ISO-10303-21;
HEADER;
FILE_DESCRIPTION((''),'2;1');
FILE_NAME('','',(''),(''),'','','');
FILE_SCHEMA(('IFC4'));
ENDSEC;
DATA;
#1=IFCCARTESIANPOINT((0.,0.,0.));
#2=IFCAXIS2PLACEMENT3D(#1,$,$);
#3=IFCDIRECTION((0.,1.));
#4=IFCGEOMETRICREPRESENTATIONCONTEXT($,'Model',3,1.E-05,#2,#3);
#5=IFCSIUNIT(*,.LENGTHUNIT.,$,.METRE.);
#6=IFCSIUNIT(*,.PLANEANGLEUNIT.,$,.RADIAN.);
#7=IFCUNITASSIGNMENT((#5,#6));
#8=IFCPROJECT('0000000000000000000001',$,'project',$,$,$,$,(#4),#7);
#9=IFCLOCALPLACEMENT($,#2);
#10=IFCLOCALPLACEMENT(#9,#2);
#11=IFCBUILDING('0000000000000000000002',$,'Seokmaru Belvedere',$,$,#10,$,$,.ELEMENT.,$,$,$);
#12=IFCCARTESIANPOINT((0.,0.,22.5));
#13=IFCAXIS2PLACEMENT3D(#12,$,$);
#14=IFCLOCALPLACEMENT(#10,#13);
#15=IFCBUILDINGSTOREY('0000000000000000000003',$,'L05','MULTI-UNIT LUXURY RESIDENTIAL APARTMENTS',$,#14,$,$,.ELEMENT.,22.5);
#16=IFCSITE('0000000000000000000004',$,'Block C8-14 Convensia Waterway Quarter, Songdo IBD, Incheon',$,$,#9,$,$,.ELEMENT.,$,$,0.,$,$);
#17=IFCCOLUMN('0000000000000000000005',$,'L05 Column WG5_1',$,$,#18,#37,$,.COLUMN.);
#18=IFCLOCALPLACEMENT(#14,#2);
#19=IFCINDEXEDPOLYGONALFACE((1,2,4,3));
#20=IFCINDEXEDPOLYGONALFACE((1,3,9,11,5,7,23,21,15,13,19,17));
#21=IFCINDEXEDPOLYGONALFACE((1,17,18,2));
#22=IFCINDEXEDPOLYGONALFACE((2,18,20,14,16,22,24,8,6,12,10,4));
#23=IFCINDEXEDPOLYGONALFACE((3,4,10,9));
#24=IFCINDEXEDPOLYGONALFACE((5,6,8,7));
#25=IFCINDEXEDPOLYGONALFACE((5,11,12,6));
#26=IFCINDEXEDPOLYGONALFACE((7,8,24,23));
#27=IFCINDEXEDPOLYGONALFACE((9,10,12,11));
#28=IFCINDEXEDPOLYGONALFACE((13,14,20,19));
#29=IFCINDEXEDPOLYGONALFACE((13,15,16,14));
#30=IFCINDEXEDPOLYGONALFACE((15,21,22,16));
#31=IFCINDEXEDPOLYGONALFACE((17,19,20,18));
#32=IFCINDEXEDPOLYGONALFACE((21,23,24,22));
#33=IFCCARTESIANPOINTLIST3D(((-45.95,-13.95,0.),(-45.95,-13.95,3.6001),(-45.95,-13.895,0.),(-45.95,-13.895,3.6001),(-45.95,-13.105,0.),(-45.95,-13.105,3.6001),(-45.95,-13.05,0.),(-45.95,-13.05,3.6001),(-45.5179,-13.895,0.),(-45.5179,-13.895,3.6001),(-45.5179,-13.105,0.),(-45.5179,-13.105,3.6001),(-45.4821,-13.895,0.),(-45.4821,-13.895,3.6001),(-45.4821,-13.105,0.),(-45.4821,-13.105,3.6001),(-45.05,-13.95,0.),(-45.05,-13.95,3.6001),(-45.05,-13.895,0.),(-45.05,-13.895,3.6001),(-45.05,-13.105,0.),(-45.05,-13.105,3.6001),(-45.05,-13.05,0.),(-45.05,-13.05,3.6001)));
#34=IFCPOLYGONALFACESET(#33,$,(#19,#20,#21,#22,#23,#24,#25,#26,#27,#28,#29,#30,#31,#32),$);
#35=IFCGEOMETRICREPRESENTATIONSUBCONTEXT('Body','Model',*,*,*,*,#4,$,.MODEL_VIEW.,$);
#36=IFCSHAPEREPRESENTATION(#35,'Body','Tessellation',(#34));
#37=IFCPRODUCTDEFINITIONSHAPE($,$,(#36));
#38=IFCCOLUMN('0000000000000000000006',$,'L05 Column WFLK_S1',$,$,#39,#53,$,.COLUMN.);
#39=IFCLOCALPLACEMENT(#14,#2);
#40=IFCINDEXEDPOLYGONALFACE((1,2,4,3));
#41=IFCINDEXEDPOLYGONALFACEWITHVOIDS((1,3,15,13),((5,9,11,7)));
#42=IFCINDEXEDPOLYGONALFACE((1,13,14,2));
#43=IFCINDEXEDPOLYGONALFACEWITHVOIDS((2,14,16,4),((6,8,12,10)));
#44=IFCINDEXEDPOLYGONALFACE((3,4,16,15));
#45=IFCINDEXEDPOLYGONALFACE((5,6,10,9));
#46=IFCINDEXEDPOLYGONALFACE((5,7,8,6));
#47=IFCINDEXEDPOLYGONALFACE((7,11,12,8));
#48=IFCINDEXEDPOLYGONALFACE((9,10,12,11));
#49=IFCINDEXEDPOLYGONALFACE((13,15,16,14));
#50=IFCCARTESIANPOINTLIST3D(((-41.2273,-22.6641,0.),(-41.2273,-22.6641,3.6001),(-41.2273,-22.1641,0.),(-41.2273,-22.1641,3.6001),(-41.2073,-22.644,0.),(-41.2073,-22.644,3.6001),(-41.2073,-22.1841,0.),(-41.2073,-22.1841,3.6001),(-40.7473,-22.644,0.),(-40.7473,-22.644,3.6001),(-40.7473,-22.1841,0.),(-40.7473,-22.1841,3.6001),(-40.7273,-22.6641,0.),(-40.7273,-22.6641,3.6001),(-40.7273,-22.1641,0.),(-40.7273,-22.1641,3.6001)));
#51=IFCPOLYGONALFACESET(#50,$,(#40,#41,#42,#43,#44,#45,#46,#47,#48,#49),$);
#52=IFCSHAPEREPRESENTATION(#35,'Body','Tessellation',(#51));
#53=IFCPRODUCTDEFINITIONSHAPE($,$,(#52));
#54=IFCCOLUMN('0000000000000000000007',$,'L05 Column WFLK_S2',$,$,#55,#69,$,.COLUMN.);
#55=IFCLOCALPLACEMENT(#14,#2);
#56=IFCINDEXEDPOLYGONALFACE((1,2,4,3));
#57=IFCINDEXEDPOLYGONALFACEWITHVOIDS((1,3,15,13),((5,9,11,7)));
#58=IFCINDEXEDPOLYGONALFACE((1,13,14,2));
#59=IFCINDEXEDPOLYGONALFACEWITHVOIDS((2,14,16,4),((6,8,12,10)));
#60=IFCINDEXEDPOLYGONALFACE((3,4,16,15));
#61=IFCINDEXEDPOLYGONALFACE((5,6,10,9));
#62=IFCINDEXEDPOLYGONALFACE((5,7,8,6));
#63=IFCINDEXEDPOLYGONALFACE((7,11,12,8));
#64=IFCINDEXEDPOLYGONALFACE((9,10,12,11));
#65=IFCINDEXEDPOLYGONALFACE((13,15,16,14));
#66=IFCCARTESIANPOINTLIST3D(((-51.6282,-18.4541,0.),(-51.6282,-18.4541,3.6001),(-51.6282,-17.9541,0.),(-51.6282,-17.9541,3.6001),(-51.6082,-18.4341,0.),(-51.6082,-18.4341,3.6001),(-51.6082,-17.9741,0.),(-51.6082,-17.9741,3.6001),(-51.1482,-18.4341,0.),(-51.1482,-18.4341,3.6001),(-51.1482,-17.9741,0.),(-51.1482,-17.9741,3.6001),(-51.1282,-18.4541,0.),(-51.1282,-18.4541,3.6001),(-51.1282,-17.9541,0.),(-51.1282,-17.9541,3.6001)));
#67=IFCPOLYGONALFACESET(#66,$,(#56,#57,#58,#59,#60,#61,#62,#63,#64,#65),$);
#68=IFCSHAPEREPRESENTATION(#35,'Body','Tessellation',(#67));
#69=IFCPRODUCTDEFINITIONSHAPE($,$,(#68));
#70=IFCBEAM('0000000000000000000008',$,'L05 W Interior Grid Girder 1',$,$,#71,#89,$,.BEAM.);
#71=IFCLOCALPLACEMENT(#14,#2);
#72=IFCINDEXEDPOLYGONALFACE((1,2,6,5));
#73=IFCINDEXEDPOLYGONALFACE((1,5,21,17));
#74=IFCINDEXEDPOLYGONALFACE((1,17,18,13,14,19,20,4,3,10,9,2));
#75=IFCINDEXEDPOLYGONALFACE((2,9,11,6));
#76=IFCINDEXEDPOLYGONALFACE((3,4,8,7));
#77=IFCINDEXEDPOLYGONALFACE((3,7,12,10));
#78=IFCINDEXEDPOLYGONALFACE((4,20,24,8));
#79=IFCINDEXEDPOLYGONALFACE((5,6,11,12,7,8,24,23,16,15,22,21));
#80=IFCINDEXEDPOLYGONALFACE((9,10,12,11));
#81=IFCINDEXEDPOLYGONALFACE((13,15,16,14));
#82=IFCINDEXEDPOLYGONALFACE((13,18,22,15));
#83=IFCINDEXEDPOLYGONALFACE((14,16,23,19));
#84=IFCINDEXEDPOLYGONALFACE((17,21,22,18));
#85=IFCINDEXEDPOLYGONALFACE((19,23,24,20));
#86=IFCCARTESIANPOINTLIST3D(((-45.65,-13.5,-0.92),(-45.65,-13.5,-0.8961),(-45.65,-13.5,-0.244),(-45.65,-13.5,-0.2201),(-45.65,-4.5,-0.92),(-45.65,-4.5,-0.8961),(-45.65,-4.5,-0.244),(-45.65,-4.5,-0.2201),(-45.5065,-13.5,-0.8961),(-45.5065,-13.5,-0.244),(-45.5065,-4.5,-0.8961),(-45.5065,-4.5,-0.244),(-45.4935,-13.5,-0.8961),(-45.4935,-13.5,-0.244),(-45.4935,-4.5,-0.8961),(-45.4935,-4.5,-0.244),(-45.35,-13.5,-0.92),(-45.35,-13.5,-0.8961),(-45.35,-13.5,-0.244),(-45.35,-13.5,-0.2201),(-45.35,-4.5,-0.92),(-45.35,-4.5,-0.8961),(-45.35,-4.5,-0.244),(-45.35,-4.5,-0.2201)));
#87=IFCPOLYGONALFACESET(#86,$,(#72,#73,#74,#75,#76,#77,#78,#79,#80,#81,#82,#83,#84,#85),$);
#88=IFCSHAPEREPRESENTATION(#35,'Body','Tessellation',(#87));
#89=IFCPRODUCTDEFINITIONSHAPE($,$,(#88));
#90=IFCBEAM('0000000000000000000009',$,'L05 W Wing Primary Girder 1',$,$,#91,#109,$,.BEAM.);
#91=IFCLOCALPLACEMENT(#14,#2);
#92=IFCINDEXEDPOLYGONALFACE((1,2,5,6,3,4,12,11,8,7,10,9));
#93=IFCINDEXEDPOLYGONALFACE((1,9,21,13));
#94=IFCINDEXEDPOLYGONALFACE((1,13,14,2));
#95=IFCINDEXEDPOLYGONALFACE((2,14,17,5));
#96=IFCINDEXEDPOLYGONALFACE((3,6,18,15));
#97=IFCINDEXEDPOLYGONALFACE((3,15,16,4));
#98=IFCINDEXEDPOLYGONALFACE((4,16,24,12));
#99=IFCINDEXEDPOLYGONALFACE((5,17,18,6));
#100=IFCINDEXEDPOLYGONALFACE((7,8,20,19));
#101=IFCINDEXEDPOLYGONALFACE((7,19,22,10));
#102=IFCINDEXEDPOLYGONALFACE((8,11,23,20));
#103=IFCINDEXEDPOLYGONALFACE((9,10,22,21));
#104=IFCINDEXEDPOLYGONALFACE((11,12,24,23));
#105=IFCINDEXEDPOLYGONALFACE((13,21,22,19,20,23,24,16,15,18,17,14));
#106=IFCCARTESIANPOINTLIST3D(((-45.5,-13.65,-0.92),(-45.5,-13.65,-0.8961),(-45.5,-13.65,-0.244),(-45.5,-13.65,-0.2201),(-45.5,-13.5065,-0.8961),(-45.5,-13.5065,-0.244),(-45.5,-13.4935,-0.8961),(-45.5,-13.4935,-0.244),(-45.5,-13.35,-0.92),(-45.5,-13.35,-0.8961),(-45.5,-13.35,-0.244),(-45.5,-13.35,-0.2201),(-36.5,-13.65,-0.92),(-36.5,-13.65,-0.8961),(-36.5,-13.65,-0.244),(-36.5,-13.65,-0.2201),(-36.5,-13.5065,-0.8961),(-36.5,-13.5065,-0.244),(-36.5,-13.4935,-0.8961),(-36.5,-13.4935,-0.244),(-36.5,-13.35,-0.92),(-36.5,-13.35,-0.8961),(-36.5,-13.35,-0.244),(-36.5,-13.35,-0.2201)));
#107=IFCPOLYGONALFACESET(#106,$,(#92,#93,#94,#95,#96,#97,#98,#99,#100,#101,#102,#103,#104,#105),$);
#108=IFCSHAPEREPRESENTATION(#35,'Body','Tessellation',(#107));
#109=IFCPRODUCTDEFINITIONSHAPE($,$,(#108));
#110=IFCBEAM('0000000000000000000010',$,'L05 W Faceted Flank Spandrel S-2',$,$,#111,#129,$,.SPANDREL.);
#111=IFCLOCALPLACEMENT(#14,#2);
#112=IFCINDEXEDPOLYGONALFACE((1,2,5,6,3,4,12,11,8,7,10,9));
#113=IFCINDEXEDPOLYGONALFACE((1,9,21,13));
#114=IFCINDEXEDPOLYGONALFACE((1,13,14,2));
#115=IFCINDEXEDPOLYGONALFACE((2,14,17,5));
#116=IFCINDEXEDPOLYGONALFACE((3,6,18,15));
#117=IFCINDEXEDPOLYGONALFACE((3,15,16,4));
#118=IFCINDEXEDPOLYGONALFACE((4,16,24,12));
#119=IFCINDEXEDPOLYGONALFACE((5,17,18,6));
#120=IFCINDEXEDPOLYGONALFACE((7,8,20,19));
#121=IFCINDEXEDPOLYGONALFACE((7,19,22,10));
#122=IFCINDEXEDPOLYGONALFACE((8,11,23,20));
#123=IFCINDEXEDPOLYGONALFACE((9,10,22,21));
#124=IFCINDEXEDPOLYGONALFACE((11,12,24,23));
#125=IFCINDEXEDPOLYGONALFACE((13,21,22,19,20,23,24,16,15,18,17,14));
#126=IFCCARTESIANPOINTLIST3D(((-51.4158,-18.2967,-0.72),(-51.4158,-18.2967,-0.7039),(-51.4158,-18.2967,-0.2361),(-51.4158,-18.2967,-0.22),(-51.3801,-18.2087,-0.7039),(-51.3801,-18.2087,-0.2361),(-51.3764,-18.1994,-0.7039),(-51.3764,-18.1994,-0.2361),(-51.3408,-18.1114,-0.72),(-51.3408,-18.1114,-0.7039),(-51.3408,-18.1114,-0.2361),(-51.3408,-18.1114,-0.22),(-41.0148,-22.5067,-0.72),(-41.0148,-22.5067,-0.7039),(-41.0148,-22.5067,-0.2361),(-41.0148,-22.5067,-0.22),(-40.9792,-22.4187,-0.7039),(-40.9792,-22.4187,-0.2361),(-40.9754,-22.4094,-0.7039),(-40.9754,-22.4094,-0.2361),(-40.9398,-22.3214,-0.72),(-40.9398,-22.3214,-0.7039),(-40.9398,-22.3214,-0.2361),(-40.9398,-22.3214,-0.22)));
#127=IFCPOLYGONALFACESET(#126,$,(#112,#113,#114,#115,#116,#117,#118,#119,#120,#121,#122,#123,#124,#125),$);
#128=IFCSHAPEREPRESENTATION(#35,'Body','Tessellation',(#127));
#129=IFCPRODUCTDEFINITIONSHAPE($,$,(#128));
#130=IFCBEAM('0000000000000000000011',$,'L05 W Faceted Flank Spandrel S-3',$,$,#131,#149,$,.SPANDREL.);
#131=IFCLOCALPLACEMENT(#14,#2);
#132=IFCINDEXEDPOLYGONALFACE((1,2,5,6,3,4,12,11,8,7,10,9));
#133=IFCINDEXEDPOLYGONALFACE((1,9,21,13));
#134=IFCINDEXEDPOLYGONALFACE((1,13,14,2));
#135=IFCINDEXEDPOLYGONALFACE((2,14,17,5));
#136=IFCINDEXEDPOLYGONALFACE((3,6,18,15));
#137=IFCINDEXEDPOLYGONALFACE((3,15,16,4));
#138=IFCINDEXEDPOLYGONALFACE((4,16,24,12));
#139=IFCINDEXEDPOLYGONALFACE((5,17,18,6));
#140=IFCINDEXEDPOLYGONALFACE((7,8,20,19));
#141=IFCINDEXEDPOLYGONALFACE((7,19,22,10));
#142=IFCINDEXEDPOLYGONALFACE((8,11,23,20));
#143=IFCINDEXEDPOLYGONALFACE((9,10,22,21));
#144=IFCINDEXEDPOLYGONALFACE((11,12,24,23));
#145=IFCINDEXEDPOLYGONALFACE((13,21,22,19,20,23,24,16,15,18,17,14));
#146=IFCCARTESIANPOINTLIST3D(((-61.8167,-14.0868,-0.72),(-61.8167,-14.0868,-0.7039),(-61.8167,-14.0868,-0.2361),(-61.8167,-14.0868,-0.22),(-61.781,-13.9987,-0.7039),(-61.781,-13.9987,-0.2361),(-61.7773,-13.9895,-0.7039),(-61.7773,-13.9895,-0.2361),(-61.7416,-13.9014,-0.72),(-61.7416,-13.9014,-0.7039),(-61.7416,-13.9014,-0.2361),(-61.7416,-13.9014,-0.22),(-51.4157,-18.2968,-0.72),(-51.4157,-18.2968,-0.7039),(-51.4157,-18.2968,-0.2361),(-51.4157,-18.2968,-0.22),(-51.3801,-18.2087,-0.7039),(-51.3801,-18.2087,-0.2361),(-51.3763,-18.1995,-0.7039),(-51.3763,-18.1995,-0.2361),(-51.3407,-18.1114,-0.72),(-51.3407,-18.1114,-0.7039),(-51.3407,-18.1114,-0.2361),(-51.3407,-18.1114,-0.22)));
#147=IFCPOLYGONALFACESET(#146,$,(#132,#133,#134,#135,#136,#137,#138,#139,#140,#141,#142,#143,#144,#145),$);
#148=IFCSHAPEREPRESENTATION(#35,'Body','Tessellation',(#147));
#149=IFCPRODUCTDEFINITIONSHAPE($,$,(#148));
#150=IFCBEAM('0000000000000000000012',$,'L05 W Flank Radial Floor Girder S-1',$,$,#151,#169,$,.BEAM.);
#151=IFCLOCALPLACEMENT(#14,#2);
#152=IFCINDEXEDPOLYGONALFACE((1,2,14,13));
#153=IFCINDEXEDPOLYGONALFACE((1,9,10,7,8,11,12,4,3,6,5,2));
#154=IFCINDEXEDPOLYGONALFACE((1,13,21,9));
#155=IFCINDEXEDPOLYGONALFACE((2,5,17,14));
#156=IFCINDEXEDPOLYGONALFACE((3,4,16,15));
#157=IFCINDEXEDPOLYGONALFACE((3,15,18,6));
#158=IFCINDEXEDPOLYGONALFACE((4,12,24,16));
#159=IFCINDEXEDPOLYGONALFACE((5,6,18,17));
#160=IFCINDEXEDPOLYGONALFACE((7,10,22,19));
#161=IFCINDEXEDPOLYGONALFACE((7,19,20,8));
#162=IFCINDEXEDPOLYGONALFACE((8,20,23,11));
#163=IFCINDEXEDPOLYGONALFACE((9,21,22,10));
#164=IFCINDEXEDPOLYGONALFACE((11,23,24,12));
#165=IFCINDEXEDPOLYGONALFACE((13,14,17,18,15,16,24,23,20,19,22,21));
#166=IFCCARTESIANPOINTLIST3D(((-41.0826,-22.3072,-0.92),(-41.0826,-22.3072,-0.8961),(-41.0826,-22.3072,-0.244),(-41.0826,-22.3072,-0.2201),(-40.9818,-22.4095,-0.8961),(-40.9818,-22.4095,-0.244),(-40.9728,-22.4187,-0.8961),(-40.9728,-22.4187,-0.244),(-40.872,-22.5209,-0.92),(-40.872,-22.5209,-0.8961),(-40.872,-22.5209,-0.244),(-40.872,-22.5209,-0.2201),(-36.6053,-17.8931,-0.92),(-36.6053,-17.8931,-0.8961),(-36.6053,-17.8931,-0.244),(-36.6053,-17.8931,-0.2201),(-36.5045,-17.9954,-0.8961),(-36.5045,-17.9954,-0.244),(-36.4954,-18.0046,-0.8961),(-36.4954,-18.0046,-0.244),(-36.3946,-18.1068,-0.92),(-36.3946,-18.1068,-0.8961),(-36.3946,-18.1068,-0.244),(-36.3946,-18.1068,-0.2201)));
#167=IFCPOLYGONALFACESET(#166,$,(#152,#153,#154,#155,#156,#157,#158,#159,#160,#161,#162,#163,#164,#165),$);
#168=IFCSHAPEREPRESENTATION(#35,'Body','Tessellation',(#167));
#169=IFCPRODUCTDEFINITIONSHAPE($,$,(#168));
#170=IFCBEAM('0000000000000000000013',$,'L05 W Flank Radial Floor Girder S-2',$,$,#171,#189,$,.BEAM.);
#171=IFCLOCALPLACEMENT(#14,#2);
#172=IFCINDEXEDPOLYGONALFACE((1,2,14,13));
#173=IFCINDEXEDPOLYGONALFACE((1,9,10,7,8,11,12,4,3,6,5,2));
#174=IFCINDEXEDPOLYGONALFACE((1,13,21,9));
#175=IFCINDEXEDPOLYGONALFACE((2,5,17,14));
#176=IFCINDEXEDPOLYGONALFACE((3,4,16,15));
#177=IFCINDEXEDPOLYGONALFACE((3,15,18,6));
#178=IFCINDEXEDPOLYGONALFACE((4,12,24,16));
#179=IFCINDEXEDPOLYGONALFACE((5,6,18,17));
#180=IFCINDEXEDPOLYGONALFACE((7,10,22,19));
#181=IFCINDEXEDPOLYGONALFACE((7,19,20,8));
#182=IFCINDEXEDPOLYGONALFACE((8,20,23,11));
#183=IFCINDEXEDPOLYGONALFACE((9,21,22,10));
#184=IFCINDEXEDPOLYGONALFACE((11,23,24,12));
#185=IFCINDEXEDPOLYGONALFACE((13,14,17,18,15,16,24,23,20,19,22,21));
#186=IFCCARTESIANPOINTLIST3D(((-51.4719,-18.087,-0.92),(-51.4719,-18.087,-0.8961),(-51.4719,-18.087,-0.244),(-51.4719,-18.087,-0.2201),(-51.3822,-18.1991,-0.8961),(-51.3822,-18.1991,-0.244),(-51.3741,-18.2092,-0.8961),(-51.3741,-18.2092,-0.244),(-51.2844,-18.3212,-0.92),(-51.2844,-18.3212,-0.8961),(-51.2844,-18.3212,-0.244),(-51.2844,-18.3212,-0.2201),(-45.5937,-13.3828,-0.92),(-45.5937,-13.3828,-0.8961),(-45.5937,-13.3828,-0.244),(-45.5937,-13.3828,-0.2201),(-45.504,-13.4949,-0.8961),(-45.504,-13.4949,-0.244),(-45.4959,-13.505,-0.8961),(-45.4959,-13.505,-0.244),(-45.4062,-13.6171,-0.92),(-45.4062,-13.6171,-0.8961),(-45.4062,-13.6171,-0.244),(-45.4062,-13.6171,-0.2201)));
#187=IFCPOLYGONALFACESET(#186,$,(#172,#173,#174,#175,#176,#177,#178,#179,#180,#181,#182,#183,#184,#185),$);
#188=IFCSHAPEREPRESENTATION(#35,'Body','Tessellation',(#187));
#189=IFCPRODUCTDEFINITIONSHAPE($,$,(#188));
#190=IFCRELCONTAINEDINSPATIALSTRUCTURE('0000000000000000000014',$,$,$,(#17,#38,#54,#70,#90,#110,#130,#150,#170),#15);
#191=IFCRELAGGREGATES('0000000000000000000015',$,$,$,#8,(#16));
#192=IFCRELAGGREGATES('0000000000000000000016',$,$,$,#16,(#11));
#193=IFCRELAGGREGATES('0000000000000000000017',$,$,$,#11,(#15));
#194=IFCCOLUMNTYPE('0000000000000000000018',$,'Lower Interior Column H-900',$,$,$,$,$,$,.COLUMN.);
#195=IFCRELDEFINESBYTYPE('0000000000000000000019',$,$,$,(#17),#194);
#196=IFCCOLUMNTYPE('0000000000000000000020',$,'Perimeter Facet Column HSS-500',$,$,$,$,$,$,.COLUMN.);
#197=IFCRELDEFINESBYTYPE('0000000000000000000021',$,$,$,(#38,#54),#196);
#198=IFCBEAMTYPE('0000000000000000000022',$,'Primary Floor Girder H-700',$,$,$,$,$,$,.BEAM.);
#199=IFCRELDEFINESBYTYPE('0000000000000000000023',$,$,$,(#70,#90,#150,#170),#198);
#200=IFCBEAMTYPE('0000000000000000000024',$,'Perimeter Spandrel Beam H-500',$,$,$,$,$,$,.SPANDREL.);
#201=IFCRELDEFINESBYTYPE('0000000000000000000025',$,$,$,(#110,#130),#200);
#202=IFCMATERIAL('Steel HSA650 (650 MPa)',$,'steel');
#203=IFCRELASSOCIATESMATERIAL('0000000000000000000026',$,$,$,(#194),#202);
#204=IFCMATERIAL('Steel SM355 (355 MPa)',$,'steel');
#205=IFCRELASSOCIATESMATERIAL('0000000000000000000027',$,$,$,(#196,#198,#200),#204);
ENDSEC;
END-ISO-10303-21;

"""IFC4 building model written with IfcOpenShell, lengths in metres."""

from ifc_helpers import new_model, si_unit, direction, frame, origin, origin_2d, place, context, subcontext, project, spatial, hollow_rectangle, i_section, extrude, source, transform, mapped, material, material_profile, profile_set, type_object, type_shapes, element, save


model = new_model("IFC4")

# Units and contexts
model_context = context("Model", 3, precision=1e-05, world=origin(), true_north=direction((0.0, 1.0)))
body_context = subcontext(model_context, "Body", "Model", "MODEL_VIEW")
ifc_project = project(units=[si_unit("LENGTHUNIT", "METRE"), si_unit("PLANEANGLEUNIT", "RADIAN")], contexts=[model_context])

# Site, building, storey
site_placement = place(None, origin())
site = spatial("IfcSite", under=ifc_project, at=site_placement, Name="Block C8-14 Convensia Waterway Quarter, Songdo IBD, Incheon", CompositionType="ELEMENT", RefElevation=0.0)
building_placement = place(site_placement, origin())
building = spatial("IfcBuilding", under=site, at=building_placement, Name="Seokmaru Belvedere", CompositionType="ELEMENT")
storey_placement = place(building_placement, frame((0.0, 0.0, 22.5)))
storey = spatial("IfcBuildingStorey", under=building, at=storey_placement, Name="L05", Description="MULTI-UNIT LUXURY RESIDENTIAL APARTMENTS", CompositionType="ELEMENT", Elevation=22.5)

# Columns
ifc_material_1 = material(Name="Steel HSA650 (650 MPa)", Category="steel")
ifc_material_profile_1 = material_profile(ifc_material_1, i_section(OverallWidth=0.8999, OverallDepth=0.8999, WebThickness=0.0359, FlangeThickness=0.0549, at=origin_2d()), Name="H-900x900x36x55")
ifc_profile_set_1 = profile_set([ifc_material_profile_1], Name="Steel HSA650 (650 MPa)")
column_type_1 = type_object("IfcColumnType", Name="Lower Interior Column H-900", PredefinedType="COLUMN", material=ifc_profile_set_1)
shared_shape_1 = source(origin(), body_context, "Body", "SweptSolid", [
    extrude(i_section(OverallWidth=0.8999, OverallDepth=0.8999, WebThickness=0.0359, FlangeThickness=0.0549, at=origin_2d()), origin(), (0.0, 0.0, 1.0), 3.6001),
])
type_shapes(column_type_1, [shared_shape_1])
column_placement = place(storey_placement, frame((-45.5, -13.5, 0.0), z_axis=(0.0, 0.0, 1.0), x_axis=(1.0, 0.0, 0.0)))
element("IfcColumn", 1, at=column_placement, inside=storey, type_object=column_type_1, Name="L05 Column WG5_1", PredefinedType="COLUMN", context=body_context, shape_type="MappedRepresentation", body=[
    mapped(shared_shape_1, transform((0.0, 0.0, 0.0), scale=1.0)),
])
ifc_material_2 = material(Name="Steel SM355 (355 MPa)", Category="steel")
ifc_material_profile_2 = material_profile(ifc_material_2, hollow_rectangle(XDim=0.5, YDim=0.5, WallThickness=0.02, at=origin_2d()), Name="HSS-500x500x20")
ifc_profile_set_2 = profile_set([ifc_material_profile_2], Name="Steel SM355 (355 MPa)")
column_type_2 = type_object("IfcColumnType", Name="Perimeter Facet Column HSS-500", PredefinedType="COLUMN", material=ifc_profile_set_2)
shared_shape_2 = source(origin(), body_context, "Body", "SweptSolid", [
    extrude(hollow_rectangle(XDim=0.5, YDim=0.5, WallThickness=0.02, at=origin_2d()), origin(), (0.0, 0.0, 1.0), 3.6001),
])
type_shapes(column_type_2, [shared_shape_2])
for number, where, z_axis, x_axis, name in (
    (2, (-40.9773, -22.4141, 0.0), (0.0, 0.0, 1.0), (1.0, 0.0, 0.0), "L05 Column WFLK_S1"),
    (3, (-51.3782, -18.2041, 0.0), (0.0, 0.0, 1.0), (1.0, 0.0, 0.0), "L05 Column WFLK_S2"),
):
    element("IfcColumn", number, at=place(storey_placement, frame(where, z_axis=z_axis, x_axis=x_axis)), inside=storey, type_object=column_type_2, Name=name, PredefinedType="COLUMN", context=body_context, shape_type="MappedRepresentation", body=[
        mapped(shared_shape_2, transform((0.0, 0.0, 0.0), scale=1.0)),
    ])

# Beams
ifc_material_profile_3 = material_profile(ifc_material_2, i_section(OverallWidth=0.3, OverallDepth=0.7, WebThickness=0.0129, FlangeThickness=0.0239, at=origin_2d()), Name="H-700x300x13x24")
ifc_profile_set_3 = profile_set([ifc_material_profile_3], Name="Steel SM355 (355 MPa)")
beam_type_1 = type_object("IfcBeamType", Name="Primary Floor Girder H-700", PredefinedType="BEAM", material=ifc_profile_set_3)
shared_shape_3 = source(origin(), body_context, "Body", "SweptSolid", [
    extrude(i_section(OverallWidth=0.3, OverallDepth=0.7, WebThickness=0.0129, FlangeThickness=0.0239, at=origin_2d()), origin(), (0.0, 0.0, 1.0), 9.0),
])
for number, where, z_axis, x_axis, name in (
    (4, (-45.5, -13.5, -0.5701), (0.0, 1.0, 0.0), (-1.0, 0.0, 0.0), "L05 W Interior Grid Girder 1"),
    (5, (-45.5, -13.5, -0.5701), (1.0, 0.0, 0.0), (0.0, 1.0, 0.0), "L05 W Wing Primary Girder 1"),
):
    element("IfcBeam", number, at=place(storey_placement, frame(where, z_axis=z_axis, x_axis=x_axis)), inside=storey, type_object=beam_type_1, Name=name, PredefinedType="BEAM", context=body_context, shape_type="MappedRepresentation", body=[
        mapped(shared_shape_3, transform((0.0, 0.0, 0.0), scale=1.0)),
    ])
ifc_material_profile_4 = material_profile(ifc_material_2, i_section(OverallWidth=0.2, OverallDepth=0.5, WebThickness=0.01, FlangeThickness=0.0161, at=origin_2d()), Name="H-500x200x10x16")
ifc_profile_set_4 = profile_set([ifc_material_profile_4], Name="Steel SM355 (355 MPa)")
beam_type_2 = type_object("IfcBeamType", Name="Perimeter Spandrel Beam H-500", PredefinedType="SPANDREL", material=ifc_profile_set_4)
shared_shape_4 = source(origin(), body_context, "Body", "SweptSolid", [
    extrude(i_section(OverallWidth=0.2, OverallDepth=0.5, WebThickness=0.01, FlangeThickness=0.0161, at=origin_2d()), origin(), (0.0, 0.0, 1.0), 11.2207),
])
type_shapes(beam_type_2, [shared_shape_4])
for number, where, z_axis, x_axis, name in (
    (6, (-40.9773, -22.4141, -0.47), (-0.926944, 0.375199, 0.0), (-0.375199, -0.926944, 0.0), "L05 W Faceted Flank Spandrel S-2"),
    (7, (-51.3782, -18.2041, -0.47), (-0.926944, 0.375199, 0.0), (-0.375199, -0.926944, 0.0), "L05 W Faceted Flank Spandrel S-3"),
):
    element("IfcBeam", number, at=place(storey_placement, frame(where, z_axis=z_axis, x_axis=x_axis)), inside=storey, type_object=beam_type_2, Name=name, PredefinedType="SPANDREL", context=body_context, shape_type="MappedRepresentation", body=[
        mapped(shared_shape_4, transform((0.0, 0.0, 0.0), scale=1.0)),
    ])
shared_shape_5 = source(origin(), body_context, "Body", "SweptSolid", [
    extrude(i_section(OverallWidth=0.3, OverallDepth=0.7, WebThickness=0.0129, FlangeThickness=0.0239, at=origin_2d()), origin(), (0.0, 0.0, 1.0), 6.2874),
])
beam_1_placement = place(storey_placement, frame((-40.9773, -22.4141, -0.5701), z_axis=(0.712117, 0.70206, 0.0), x_axis=(-0.70206, 0.712117, 0.0)))
element("IfcBeam", 8, at=beam_1_placement, inside=storey, type_object=beam_type_1, Name="L05 W Flank Radial Floor Girder S-1", PredefinedType="BEAM", context=body_context, shape_type="MappedRepresentation", body=[
    mapped(shared_shape_5, transform((0.0, 0.0, 0.0), scale=1.0)),
])
shared_shape_6 = source(origin(), body_context, "Body", "SweptSolid", [
    extrude(i_section(OverallWidth=0.3, OverallDepth=0.7, WebThickness=0.0129, FlangeThickness=0.0239, at=origin_2d()), origin(), (0.0, 0.0, 1.0), 7.5288),
])
type_shapes(beam_type_1, [shared_shape_3, shared_shape_5, shared_shape_6])
beam_2_placement = place(storey_placement, frame((-51.3782, -18.2041, -0.5701), z_axis=(0.780768, 0.624822, 0.0), x_axis=(-0.624822, 0.780768, 0.0)))
element("IfcBeam", 9, at=beam_2_placement, inside=storey, type_object=beam_type_1, Name="L05 W Flank Radial Floor Girder S-2", PredefinedType="BEAM", context=body_context, shape_type="MappedRepresentation", body=[
    mapped(shared_shape_6, transform((0.0, 0.0, 0.0), scale=1.0)),
])

save(model, "model.ifc")
